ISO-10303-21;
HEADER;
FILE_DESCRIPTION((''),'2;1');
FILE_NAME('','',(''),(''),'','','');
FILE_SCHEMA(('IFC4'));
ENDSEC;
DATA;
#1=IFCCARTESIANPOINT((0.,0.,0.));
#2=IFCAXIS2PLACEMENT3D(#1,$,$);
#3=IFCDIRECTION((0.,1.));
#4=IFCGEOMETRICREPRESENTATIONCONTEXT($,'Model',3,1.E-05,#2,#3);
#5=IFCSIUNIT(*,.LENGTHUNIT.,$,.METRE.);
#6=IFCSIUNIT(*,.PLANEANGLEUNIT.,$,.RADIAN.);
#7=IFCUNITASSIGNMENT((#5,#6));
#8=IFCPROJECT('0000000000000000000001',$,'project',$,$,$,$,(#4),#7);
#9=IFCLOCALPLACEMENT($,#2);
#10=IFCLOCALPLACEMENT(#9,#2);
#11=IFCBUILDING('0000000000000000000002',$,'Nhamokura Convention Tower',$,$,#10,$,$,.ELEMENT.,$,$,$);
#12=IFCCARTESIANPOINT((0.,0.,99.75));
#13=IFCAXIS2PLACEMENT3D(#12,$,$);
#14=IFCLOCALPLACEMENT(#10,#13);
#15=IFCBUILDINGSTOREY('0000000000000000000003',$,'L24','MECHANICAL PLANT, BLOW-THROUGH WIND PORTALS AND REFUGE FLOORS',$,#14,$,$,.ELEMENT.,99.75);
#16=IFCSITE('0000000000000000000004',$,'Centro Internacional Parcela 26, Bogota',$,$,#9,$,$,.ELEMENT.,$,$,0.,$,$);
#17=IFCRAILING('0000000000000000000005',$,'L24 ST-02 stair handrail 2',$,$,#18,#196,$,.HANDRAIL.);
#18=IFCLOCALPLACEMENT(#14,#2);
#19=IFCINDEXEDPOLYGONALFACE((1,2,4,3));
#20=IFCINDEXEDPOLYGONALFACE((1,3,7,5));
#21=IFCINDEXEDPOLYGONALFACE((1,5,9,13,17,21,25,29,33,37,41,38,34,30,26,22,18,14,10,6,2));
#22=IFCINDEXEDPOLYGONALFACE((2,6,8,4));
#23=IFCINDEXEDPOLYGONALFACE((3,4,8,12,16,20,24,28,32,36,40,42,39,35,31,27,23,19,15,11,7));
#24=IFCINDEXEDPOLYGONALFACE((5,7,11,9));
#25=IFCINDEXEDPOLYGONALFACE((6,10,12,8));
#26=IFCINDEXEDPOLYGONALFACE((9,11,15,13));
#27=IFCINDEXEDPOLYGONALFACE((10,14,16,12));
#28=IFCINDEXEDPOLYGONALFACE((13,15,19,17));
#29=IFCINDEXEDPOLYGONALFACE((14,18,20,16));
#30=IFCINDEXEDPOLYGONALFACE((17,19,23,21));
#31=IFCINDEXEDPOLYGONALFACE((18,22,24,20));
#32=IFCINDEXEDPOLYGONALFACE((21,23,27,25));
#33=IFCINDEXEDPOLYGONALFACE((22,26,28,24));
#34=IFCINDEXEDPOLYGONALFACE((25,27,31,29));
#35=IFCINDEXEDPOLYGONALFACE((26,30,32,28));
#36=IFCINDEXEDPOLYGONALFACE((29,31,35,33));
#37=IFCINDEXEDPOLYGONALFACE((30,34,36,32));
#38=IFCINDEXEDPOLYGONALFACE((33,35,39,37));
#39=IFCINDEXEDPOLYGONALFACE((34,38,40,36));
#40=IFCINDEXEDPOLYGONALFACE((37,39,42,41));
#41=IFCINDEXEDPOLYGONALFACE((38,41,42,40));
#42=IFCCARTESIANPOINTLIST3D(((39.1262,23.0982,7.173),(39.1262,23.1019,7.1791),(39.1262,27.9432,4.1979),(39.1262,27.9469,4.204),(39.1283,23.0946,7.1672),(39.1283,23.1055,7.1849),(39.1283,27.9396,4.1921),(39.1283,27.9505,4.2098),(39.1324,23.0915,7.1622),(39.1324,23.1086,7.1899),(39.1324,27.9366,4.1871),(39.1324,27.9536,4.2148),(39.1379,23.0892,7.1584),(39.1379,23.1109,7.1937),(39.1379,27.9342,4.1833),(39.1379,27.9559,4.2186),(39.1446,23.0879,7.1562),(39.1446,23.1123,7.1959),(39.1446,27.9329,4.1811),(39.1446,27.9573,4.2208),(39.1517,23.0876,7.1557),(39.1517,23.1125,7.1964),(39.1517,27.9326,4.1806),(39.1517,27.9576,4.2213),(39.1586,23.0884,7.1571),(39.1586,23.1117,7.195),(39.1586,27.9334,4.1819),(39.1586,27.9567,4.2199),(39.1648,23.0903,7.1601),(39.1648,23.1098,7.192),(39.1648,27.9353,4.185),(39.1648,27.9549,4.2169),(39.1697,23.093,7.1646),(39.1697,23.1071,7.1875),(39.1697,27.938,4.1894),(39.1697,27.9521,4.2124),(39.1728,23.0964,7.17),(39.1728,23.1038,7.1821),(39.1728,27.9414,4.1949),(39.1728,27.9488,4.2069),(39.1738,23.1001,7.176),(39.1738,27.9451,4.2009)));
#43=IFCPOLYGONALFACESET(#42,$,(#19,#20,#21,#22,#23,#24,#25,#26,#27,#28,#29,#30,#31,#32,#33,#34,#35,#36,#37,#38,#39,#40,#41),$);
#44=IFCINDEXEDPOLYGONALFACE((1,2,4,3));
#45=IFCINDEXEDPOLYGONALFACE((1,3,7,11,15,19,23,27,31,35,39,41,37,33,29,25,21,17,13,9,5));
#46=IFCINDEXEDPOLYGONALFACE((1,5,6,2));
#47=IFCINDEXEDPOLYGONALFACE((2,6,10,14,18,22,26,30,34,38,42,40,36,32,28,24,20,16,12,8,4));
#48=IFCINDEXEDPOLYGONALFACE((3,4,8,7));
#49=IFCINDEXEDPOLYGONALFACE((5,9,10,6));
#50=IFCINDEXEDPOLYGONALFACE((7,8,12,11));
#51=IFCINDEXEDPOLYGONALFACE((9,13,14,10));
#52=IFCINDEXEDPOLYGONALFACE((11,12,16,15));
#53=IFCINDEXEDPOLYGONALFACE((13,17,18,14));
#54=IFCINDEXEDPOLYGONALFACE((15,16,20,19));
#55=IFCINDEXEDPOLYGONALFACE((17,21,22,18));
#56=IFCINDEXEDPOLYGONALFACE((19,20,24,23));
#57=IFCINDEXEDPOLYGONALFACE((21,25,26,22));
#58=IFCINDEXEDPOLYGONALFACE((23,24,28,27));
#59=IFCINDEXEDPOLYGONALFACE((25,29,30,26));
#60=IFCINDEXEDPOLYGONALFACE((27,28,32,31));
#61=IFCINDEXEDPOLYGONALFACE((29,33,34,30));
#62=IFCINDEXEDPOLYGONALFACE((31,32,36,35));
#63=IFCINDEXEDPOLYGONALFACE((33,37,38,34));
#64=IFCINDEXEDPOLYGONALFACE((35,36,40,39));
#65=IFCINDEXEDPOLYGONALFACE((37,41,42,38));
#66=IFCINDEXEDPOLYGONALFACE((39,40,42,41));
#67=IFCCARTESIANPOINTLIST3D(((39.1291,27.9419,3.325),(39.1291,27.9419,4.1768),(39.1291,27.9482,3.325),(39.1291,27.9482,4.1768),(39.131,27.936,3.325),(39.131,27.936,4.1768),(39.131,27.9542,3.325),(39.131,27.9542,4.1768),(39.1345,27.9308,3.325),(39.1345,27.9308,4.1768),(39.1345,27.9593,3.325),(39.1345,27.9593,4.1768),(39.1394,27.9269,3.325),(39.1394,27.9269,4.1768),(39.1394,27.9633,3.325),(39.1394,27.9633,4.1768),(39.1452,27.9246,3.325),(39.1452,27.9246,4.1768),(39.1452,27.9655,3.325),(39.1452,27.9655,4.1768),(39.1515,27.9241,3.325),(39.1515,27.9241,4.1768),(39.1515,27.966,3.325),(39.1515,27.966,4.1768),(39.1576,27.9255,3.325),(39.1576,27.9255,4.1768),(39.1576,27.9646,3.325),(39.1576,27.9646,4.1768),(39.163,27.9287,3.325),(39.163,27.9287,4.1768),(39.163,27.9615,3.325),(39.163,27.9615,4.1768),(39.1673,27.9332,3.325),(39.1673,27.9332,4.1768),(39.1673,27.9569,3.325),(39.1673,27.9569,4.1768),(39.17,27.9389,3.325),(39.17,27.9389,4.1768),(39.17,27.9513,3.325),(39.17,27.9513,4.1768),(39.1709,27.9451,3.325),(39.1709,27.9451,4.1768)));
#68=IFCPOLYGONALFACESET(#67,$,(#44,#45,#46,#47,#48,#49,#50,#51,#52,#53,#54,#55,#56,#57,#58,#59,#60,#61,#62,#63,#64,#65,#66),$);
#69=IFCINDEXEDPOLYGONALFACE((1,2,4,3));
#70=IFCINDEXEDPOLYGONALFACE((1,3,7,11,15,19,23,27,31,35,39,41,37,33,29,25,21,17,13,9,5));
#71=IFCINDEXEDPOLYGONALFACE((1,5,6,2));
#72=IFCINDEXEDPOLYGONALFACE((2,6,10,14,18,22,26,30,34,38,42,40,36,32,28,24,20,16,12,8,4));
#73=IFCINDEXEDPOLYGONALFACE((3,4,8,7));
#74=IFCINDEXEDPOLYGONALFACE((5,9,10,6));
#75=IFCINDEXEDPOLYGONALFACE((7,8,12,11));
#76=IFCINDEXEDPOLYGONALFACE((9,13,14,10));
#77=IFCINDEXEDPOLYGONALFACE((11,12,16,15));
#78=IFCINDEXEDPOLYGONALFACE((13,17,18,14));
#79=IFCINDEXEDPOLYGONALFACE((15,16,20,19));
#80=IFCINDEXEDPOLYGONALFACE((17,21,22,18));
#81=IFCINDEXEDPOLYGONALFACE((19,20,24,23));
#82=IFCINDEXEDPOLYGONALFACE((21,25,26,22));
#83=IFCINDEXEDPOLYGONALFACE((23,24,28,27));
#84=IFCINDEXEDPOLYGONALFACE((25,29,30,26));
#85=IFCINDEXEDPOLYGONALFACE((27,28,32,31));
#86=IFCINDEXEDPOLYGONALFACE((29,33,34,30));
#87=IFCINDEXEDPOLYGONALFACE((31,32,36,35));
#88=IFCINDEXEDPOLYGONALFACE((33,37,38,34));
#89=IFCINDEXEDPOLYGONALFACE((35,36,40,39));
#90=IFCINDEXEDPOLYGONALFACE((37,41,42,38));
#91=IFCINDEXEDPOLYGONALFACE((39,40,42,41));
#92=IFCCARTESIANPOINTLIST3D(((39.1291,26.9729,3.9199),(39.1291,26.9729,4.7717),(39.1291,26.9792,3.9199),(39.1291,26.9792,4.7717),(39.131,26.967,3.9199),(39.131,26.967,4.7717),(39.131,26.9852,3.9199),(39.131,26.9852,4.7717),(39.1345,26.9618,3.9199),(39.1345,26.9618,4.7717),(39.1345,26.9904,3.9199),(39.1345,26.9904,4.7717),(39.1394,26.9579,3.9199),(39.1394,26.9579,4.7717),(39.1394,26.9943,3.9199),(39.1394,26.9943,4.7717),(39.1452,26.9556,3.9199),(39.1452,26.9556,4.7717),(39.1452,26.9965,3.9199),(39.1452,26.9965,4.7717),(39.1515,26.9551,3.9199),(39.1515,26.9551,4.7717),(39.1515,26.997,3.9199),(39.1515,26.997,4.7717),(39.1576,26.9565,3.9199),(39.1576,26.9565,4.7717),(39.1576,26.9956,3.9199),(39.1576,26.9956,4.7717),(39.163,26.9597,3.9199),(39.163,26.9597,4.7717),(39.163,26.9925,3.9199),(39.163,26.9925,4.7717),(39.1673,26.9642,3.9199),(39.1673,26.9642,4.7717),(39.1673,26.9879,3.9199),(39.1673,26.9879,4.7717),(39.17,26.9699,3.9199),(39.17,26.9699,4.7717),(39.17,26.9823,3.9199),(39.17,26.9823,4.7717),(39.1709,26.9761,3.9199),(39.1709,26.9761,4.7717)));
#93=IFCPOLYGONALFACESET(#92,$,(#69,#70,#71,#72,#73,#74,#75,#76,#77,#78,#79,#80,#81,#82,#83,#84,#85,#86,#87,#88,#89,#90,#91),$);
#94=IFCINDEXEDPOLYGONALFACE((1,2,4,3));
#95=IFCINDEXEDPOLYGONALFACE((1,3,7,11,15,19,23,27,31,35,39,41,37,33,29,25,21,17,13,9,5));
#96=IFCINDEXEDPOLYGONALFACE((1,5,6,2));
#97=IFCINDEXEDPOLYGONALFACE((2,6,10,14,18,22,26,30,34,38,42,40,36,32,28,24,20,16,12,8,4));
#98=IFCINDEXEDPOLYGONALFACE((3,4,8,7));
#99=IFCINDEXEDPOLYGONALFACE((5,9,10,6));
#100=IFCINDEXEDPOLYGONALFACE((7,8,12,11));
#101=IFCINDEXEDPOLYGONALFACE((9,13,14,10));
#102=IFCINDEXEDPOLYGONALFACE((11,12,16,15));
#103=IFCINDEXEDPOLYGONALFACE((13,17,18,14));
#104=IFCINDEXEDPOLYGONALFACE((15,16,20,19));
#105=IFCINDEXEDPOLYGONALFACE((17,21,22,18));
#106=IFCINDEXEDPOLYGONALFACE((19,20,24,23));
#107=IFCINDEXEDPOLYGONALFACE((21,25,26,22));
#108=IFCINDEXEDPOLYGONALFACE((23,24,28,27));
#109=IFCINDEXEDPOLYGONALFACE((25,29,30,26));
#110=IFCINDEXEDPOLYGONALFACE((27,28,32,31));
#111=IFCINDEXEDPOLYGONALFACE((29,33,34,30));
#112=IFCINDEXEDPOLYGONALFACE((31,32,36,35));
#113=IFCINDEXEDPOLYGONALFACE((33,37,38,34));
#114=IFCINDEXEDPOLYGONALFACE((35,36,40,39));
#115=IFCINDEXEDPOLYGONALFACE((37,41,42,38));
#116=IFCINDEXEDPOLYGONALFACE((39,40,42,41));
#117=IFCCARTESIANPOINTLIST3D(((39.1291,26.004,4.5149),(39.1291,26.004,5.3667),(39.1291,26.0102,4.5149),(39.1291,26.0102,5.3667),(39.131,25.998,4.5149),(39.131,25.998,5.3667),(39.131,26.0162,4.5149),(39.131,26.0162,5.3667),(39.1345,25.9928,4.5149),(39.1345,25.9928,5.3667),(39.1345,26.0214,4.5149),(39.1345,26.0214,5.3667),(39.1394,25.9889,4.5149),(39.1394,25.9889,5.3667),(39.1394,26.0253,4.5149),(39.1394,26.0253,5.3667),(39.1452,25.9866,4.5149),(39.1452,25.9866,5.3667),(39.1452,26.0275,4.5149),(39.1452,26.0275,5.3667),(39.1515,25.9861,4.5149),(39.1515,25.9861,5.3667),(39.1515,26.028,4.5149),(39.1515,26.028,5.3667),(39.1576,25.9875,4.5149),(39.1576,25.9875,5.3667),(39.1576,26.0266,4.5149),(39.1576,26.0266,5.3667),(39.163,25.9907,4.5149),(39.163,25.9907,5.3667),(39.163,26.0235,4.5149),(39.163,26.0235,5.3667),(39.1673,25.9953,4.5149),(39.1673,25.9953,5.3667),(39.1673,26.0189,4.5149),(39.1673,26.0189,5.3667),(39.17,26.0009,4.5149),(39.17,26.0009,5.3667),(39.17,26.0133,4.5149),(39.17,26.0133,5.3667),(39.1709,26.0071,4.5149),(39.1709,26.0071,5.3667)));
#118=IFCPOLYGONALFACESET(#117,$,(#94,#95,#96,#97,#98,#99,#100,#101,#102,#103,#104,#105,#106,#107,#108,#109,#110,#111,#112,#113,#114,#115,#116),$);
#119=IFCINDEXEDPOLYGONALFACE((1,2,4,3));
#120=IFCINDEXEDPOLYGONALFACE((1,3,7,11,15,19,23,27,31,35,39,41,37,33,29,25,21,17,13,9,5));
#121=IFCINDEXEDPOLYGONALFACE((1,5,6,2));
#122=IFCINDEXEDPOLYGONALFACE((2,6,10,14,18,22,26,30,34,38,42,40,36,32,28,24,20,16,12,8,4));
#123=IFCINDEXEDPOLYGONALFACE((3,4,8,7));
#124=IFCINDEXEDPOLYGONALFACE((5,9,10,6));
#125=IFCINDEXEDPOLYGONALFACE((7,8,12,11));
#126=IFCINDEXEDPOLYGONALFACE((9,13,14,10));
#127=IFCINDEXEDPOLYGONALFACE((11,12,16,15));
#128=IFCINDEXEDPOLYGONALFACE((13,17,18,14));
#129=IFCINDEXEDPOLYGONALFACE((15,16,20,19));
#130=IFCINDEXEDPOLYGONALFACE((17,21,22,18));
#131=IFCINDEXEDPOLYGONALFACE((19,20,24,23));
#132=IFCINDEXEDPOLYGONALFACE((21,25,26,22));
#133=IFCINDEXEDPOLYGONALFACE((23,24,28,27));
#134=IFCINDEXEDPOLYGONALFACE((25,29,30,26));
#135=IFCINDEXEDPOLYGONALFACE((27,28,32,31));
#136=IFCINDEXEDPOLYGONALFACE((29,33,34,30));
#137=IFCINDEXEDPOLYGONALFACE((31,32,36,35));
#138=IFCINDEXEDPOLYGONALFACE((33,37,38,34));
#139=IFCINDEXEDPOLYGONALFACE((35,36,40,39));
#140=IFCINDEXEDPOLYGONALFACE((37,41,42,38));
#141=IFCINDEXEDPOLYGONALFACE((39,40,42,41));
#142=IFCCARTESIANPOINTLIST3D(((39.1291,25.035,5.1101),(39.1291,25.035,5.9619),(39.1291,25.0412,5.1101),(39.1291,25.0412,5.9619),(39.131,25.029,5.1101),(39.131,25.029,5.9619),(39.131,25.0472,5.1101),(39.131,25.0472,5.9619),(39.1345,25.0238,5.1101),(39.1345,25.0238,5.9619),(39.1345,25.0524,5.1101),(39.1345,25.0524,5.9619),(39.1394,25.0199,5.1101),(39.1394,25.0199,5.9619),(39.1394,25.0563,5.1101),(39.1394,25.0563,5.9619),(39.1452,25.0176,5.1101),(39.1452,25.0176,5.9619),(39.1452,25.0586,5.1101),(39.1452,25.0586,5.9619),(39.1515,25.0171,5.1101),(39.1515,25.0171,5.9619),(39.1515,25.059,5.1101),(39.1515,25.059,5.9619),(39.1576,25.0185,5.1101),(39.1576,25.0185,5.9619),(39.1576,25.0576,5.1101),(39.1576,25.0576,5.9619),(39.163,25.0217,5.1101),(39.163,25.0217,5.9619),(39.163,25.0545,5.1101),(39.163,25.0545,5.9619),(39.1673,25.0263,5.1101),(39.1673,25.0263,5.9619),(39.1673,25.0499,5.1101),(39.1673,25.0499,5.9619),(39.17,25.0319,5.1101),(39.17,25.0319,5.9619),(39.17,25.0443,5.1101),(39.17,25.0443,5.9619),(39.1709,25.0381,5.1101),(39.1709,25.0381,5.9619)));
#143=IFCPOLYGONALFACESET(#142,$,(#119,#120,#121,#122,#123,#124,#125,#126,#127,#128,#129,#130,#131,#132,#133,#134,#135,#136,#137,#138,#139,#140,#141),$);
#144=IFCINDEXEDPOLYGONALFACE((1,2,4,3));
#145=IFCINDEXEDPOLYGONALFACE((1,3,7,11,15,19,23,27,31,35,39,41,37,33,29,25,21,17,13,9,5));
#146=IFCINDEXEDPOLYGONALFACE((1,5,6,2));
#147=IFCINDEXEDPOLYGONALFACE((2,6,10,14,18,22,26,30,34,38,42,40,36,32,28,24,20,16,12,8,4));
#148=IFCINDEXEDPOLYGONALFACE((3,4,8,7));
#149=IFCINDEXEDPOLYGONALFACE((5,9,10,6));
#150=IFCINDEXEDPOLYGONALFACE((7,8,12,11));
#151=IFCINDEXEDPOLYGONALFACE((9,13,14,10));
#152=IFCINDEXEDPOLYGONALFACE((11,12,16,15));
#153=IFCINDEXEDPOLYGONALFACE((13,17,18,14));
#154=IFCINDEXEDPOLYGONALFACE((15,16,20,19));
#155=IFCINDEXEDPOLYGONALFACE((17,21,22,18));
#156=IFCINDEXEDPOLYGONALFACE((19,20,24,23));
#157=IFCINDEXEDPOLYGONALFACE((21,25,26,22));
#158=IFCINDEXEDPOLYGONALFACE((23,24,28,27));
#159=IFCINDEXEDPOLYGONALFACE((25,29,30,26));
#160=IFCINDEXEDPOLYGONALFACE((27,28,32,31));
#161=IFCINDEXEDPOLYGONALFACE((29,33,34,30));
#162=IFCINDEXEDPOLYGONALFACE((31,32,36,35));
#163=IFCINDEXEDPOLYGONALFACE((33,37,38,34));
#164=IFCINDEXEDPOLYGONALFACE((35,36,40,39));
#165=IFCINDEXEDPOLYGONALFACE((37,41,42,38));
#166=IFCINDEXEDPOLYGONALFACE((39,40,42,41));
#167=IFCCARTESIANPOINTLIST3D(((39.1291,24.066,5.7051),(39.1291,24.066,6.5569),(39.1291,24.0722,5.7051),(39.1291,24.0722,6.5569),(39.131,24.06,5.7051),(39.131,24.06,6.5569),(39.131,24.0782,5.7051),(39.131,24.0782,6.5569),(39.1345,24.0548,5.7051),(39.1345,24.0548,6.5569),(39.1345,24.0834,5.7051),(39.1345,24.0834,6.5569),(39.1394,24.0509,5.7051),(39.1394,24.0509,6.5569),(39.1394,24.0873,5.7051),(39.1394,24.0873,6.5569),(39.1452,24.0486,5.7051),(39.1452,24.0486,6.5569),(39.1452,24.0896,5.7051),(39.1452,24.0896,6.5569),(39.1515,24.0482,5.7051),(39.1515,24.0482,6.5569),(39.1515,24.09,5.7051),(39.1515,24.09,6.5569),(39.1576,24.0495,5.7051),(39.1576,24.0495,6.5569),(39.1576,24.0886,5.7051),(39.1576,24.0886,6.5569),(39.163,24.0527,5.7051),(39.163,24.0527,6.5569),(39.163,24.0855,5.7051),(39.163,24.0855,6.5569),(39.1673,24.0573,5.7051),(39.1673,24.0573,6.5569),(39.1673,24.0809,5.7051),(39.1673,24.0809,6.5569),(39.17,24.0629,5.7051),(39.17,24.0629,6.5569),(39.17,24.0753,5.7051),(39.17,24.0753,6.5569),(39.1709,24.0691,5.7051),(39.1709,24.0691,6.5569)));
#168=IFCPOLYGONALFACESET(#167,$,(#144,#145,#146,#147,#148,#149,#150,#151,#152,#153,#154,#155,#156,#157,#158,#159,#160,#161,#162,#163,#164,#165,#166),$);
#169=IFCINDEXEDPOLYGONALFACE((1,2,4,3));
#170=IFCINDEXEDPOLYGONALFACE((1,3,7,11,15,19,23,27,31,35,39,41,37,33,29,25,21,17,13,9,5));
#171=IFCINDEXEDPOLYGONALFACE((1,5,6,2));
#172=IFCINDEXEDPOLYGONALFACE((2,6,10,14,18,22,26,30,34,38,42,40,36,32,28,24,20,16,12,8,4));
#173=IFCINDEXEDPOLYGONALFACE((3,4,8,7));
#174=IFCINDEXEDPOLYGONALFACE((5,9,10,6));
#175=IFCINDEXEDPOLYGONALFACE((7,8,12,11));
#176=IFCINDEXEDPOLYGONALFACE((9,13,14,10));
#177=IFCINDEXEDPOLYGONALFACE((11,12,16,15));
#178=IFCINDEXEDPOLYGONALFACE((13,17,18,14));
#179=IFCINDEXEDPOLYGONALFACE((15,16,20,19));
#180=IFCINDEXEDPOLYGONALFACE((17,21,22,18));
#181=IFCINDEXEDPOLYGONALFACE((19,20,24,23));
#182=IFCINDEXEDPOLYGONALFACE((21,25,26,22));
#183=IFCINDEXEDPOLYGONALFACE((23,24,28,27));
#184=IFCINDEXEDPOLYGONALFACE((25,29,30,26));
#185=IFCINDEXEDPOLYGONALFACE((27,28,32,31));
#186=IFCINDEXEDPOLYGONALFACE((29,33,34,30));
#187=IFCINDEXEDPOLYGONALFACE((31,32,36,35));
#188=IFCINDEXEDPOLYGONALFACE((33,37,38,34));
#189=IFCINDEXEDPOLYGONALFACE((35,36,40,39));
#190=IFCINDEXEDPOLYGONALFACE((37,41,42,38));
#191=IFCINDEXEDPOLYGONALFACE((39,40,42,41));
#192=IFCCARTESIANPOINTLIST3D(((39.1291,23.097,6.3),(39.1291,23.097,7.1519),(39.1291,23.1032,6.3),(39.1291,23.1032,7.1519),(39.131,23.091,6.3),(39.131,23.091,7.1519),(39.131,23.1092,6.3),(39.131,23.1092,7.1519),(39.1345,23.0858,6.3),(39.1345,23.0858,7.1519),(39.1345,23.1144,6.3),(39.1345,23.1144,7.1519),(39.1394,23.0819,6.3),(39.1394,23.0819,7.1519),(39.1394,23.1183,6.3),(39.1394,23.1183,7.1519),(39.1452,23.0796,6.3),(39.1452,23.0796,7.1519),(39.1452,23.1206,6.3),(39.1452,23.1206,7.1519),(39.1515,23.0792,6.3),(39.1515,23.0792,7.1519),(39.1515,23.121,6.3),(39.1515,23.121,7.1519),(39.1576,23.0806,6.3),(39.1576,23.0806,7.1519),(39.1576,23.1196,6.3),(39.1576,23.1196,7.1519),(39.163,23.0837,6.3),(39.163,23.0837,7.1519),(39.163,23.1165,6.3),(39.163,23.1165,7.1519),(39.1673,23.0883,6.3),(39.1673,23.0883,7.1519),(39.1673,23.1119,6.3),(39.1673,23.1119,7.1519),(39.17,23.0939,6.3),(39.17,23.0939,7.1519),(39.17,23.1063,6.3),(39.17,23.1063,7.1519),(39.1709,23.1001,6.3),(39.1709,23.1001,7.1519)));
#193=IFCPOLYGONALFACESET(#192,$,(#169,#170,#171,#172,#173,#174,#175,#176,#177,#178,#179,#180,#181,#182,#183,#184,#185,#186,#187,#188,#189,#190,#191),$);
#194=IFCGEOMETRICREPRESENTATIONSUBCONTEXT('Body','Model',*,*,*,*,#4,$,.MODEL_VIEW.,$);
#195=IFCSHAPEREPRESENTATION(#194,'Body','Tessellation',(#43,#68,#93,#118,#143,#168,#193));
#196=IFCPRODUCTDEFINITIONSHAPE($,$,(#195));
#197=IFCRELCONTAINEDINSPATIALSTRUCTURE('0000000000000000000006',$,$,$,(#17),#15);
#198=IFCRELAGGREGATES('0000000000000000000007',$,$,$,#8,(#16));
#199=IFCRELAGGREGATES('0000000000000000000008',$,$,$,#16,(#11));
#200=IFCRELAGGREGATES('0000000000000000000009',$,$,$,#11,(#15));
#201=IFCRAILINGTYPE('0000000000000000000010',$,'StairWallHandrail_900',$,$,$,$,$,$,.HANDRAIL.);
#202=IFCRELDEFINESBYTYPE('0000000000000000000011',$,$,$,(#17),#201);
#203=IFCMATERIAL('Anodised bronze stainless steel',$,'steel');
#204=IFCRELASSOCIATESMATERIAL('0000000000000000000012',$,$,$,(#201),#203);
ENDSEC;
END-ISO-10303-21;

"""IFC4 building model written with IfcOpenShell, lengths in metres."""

from ifc_helpers import new_model, si_unit, direction, frame, origin, origin_2d, place, context, subcontext, project, spatial, circle, extrude, material, type_object, element, save


model = new_model("IFC4")

# Units and contexts
model_context = context("Model", 3, precision=1e-05, world=origin(), true_north=direction((0.0, 1.0)))
body_context = subcontext(model_context, "Body", "Model", "MODEL_VIEW")
ifc_project = project(units=[si_unit("LENGTHUNIT", "METRE"), si_unit("PLANEANGLEUNIT", "RADIAN")], contexts=[model_context])

# Site, building, storey
site_placement = place(None, origin())
site = spatial("IfcSite", under=ifc_project, at=site_placement, Name="Centro Internacional Parcela 26, Bogota", CompositionType="ELEMENT", RefElevation=0.0)
building_placement = place(site_placement, origin())
building = spatial("IfcBuilding", under=site, at=building_placement, Name="Nhamokura Convention Tower", CompositionType="ELEMENT")
storey_placement = place(building_placement, frame((0.0, 0.0, 99.75)))
storey = spatial("IfcBuildingStorey", under=building, at=storey_placement, Name="L24", Description="MECHANICAL PLANT, BLOW-THROUGH WIND PORTALS AND REFUGE FLOORS", CompositionType="ELEMENT", Elevation=99.75)

# Railing
ifc_material_1 = material(Name="Anodised bronze stainless steel", Category="steel")
railing_type_1 = type_object("IfcRailingType", Name="StairWallHandrail_900", PredefinedType="HANDRAIL", material=ifc_material_1)
railing_1_placement = place(storey_placement, frame((39.1499, 27.9451, 3.325)))
element("IfcRailing", 1, at=railing_1_placement, inside=storey, type_object=railing_type_1, Name="L24 ST-02 stair handrail 2", PredefinedType="HANDRAIL", context=body_context, shape_type="SweptSolid", body=[
    extrude(circle(Radius=0.0239, at=origin_2d()), frame((0.0, 0.0, 0.876), z_axis=(0.0, -0.852162, 0.523278), x_axis=(1.0, 0.0, 0.0)), (0.0, 0.0, 1.0), 5.6855),
    extrude(circle(Radius=0.021, at=origin_2d()), origin(), (0.0, 0.0, 1.0), 0.8518),
    extrude(circle(Radius=0.021, at=origin_2d()), frame((0.0, -0.969, 0.595)), (0.0, 0.0, 1.0), 0.8518),
    extrude(circle(Radius=0.021, at=origin_2d()), frame((0.0, -1.938, 1.1899)), (0.0, 0.0, 1.0), 0.8518),
    extrude(circle(Radius=0.021, at=origin_2d()), frame((0.0, -2.907, 1.7852)), (0.0, 0.0, 1.0), 0.8518),
    extrude(circle(Radius=0.021, at=origin_2d()), frame((0.0, -3.876, 2.3801)), (0.0, 0.0, 1.0), 0.8518),
    extrude(circle(Radius=0.021, at=origin_2d()), frame((0.0, -4.845, 2.9751)), (0.0, 0.0, 1.0), 0.8518),
])

save(model, "model.ifc")
